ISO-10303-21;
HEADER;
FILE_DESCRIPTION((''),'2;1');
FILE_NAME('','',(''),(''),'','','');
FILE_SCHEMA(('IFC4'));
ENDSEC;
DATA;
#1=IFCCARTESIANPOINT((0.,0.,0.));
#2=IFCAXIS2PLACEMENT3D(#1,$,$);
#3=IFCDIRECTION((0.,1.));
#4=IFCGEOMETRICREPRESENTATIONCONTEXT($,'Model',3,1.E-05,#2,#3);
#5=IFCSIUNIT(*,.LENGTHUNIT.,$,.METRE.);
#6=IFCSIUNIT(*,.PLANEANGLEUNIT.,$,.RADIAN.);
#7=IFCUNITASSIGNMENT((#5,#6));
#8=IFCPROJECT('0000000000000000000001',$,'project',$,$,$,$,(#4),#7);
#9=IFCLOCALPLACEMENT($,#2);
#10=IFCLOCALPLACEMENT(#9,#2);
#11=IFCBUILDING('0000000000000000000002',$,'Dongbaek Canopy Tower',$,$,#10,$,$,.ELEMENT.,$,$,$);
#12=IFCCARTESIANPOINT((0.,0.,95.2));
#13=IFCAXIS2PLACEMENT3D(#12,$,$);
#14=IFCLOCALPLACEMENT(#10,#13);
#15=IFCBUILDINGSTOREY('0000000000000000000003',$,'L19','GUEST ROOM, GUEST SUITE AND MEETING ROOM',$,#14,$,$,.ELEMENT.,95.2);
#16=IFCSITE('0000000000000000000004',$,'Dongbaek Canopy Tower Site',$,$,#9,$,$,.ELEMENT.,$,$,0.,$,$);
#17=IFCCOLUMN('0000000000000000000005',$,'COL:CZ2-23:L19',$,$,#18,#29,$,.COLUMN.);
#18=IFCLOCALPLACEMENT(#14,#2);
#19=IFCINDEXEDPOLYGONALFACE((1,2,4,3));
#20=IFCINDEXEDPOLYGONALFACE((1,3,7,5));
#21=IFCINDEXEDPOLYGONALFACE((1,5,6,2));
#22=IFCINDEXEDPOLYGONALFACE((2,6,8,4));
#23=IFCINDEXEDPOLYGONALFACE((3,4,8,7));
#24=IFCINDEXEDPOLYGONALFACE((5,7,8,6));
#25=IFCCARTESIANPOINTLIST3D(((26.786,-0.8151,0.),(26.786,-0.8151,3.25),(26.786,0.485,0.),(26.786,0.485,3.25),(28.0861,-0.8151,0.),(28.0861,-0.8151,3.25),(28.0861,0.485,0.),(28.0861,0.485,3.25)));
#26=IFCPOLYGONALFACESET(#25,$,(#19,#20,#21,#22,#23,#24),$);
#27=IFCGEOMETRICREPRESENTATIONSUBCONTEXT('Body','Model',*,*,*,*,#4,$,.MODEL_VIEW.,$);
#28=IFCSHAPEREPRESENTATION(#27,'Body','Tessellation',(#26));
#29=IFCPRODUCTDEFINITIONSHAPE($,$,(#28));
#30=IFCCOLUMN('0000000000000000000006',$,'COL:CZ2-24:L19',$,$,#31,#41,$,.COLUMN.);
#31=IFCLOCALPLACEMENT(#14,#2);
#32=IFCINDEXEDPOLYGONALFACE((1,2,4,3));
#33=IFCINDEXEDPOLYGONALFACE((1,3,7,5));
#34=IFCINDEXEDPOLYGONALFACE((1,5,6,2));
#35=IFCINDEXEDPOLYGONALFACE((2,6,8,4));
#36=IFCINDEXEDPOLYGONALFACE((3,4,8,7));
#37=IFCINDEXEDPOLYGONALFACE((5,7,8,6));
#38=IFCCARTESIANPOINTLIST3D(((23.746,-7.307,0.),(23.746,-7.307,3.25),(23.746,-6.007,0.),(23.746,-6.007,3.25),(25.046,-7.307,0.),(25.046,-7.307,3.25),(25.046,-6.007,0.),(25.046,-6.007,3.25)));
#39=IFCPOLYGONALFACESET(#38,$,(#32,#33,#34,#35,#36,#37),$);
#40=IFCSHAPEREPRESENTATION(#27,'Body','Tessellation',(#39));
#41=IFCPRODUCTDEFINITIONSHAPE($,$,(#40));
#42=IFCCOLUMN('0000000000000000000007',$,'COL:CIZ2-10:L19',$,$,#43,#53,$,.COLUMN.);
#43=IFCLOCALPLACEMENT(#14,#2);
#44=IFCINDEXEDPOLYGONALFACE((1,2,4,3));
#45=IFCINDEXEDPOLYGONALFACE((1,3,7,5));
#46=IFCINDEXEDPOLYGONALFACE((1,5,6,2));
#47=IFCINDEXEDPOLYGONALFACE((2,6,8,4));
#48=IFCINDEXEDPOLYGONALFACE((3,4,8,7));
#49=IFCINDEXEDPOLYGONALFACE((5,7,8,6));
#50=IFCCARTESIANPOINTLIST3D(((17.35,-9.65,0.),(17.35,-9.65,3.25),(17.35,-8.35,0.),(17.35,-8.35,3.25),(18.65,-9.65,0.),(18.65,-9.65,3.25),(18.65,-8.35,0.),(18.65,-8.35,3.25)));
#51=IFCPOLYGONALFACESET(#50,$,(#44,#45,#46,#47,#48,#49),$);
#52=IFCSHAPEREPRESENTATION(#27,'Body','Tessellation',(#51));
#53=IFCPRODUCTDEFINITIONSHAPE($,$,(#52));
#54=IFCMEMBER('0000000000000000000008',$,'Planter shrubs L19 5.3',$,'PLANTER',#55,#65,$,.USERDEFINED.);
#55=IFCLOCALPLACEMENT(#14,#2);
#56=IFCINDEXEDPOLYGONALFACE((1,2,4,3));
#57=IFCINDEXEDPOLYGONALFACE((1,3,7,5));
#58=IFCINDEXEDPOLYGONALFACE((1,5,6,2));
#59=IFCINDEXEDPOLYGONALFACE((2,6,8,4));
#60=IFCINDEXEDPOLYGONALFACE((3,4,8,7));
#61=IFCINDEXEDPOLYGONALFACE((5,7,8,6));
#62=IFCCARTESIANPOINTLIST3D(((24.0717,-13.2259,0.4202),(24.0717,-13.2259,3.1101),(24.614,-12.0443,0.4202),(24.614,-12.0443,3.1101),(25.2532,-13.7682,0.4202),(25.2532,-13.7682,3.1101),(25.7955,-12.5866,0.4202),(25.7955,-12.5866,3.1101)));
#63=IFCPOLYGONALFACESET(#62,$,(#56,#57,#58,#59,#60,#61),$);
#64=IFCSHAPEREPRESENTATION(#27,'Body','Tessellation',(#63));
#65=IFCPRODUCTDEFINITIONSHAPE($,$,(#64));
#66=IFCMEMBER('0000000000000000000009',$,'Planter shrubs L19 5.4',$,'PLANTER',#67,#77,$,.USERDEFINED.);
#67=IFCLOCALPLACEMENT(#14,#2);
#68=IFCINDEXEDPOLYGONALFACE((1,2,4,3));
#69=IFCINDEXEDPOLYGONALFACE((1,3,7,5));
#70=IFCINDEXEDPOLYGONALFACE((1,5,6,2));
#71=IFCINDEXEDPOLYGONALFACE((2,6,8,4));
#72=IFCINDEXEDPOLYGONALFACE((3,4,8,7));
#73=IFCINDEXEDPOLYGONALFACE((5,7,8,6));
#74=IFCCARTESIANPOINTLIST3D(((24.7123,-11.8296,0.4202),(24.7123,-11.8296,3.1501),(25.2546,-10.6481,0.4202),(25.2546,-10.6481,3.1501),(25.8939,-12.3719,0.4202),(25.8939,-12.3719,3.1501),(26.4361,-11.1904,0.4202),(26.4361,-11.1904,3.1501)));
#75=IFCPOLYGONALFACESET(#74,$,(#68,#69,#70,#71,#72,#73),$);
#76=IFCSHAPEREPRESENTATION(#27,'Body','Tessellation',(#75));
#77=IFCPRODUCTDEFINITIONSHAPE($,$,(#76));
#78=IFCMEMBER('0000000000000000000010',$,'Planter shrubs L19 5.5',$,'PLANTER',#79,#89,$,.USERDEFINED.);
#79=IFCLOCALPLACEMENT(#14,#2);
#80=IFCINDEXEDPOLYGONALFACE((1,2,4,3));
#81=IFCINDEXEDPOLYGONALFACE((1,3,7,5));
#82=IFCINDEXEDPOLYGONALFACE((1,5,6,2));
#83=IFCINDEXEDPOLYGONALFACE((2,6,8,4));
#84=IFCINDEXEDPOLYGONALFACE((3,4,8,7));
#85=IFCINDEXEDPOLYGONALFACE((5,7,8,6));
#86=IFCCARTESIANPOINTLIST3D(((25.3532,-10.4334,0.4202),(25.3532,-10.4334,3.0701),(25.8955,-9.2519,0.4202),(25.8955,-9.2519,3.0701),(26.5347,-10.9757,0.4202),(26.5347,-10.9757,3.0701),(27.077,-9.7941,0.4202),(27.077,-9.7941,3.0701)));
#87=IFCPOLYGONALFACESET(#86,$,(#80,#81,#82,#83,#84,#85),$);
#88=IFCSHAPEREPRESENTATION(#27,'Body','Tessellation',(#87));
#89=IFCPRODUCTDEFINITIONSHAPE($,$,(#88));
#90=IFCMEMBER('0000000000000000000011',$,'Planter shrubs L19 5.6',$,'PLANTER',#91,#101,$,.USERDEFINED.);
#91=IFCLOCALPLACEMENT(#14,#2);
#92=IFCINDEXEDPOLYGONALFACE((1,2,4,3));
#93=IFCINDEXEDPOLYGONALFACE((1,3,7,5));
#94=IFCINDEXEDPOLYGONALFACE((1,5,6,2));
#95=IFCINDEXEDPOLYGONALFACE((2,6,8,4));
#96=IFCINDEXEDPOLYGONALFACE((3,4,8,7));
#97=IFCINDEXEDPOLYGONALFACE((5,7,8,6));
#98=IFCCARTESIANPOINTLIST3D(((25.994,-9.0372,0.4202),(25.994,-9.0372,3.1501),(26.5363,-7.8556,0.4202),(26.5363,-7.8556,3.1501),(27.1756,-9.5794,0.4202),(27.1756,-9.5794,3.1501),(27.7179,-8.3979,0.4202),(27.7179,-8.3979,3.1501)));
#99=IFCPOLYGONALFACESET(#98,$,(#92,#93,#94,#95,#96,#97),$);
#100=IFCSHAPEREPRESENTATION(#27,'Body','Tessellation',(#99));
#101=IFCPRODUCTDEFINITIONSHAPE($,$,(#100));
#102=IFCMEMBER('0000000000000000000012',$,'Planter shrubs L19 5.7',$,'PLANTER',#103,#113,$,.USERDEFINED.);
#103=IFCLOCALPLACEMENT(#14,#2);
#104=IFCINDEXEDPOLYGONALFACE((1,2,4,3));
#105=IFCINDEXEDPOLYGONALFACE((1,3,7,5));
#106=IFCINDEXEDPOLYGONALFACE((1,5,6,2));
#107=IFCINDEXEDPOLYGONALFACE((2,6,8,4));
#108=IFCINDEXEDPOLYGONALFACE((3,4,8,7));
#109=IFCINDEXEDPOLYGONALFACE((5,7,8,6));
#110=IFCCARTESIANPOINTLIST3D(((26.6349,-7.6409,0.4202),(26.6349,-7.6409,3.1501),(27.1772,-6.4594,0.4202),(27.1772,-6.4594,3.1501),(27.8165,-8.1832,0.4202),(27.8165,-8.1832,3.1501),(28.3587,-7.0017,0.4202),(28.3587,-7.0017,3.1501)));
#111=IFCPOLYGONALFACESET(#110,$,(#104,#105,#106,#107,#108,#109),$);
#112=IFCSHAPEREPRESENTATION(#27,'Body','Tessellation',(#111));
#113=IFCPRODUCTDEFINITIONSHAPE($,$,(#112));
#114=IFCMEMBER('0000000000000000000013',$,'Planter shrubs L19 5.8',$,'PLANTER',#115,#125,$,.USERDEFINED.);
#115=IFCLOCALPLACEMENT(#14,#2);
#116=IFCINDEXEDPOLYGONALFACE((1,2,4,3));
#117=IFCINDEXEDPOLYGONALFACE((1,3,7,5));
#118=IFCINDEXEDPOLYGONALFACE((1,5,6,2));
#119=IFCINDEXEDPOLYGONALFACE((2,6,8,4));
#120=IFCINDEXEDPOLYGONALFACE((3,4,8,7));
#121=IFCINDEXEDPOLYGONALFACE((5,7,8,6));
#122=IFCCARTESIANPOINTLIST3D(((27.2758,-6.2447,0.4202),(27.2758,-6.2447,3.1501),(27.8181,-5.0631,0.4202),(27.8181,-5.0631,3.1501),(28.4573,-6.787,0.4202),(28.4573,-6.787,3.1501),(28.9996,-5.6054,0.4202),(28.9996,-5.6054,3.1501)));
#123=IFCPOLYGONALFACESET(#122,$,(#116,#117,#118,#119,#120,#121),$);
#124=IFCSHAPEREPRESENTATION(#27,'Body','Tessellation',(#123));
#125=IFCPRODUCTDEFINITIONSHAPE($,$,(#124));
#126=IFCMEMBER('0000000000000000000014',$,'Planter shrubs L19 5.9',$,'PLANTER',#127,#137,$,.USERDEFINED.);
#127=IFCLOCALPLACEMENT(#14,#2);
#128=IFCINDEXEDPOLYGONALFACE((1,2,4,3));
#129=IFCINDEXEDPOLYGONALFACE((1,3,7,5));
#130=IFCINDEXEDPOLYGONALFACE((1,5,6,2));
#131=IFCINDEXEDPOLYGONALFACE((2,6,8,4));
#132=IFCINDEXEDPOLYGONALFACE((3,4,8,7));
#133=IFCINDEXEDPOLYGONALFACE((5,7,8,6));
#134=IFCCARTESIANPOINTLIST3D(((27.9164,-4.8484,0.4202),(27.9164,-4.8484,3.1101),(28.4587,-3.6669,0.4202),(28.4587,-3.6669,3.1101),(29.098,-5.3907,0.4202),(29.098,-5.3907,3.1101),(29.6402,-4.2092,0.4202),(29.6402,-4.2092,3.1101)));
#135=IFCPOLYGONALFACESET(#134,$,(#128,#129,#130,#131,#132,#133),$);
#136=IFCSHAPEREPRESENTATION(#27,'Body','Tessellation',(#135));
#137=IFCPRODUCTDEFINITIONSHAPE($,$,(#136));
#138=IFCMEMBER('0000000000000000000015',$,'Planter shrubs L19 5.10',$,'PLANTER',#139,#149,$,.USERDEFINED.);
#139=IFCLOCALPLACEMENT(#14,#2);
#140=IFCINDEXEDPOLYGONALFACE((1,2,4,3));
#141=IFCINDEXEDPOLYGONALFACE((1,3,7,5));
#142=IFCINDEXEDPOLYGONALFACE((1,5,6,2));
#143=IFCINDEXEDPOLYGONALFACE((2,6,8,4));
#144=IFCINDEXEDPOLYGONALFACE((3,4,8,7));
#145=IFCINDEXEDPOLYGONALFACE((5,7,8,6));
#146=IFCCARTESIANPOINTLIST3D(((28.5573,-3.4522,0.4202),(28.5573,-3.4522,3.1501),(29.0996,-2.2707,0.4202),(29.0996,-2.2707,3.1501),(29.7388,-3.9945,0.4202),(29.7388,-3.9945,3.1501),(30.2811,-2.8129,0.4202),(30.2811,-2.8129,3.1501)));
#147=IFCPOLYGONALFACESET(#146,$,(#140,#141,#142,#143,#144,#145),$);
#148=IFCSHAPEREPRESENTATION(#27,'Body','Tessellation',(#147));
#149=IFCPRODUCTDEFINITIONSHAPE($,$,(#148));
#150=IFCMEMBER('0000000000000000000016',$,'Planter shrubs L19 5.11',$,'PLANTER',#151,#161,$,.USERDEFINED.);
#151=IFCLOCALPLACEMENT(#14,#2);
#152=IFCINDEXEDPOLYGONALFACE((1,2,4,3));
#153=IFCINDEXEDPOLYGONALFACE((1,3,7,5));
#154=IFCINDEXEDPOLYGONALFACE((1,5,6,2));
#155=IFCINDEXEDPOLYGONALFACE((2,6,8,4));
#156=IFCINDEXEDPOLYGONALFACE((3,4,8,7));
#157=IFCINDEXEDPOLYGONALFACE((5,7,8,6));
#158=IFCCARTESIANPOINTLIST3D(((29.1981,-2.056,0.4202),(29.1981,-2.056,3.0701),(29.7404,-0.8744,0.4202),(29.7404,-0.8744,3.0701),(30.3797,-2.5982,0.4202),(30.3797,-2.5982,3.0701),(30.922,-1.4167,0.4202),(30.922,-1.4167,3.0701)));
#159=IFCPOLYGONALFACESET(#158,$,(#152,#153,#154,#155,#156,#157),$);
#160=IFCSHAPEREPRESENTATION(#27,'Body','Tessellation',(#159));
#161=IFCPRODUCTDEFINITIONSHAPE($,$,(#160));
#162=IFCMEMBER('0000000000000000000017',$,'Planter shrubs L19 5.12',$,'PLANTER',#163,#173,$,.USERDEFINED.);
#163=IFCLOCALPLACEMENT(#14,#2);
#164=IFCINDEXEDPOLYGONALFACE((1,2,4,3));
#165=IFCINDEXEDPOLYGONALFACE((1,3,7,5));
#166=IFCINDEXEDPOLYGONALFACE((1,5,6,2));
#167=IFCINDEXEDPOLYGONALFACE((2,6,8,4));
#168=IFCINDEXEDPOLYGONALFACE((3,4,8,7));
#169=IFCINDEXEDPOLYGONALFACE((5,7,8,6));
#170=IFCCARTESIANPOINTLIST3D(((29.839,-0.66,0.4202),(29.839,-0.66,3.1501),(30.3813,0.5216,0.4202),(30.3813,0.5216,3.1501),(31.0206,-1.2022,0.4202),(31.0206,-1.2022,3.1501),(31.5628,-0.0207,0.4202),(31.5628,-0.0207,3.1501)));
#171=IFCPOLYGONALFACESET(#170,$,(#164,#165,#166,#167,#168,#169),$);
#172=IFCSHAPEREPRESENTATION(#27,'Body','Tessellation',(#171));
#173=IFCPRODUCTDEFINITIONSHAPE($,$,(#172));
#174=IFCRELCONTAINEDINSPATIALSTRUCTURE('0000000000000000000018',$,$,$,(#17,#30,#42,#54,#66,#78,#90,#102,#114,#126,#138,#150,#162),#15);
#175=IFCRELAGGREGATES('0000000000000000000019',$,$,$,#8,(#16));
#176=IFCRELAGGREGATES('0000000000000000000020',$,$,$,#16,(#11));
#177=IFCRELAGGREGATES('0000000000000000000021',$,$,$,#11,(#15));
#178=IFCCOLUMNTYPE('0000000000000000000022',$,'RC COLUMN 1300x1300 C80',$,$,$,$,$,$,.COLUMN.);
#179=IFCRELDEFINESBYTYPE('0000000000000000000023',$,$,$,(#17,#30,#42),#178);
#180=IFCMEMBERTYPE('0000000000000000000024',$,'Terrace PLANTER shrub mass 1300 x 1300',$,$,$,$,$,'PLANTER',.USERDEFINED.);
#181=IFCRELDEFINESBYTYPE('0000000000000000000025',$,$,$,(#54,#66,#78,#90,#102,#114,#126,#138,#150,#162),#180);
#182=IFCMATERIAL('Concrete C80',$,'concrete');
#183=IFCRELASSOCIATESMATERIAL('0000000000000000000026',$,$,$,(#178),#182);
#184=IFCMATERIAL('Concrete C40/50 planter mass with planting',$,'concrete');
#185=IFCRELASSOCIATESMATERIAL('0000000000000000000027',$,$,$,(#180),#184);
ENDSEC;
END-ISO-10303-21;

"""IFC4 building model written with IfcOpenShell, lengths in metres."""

from ifc_helpers import new_model, si_unit, direction, frame, origin, origin_2d, place, context, subcontext, project, spatial, rectangle, extrude, material, material_profile, profile_set, type_object, element, save


model = new_model("IFC4")

# Units and contexts
model_context = context("Model", 3, precision=1e-05, world=origin(), true_north=direction((0.0, 1.0)))
body_context = subcontext(model_context, "Body", "Model", "MODEL_VIEW")
ifc_project = project(units=[si_unit("LENGTHUNIT", "METRE"), si_unit("PLANEANGLEUNIT", "RADIAN")], contexts=[model_context])

# Site, building, storey
site_placement = place(None, origin())
site = spatial("IfcSite", under=ifc_project, at=site_placement, Name="Dongbaek Canopy Tower Site", CompositionType="ELEMENT", RefElevation=0.0)
building_placement = place(site_placement, origin())
building = spatial("IfcBuilding", under=site, at=building_placement, Name="Dongbaek Canopy Tower", CompositionType="ELEMENT")
storey_placement = place(building_placement, frame((0.0, 0.0, 95.2)))
storey = spatial("IfcBuildingStorey", under=building, at=storey_placement, Name="L19", Description="GUEST ROOM, GUEST SUITE AND MEETING ROOM", CompositionType="ELEMENT", Elevation=95.2)

# Columns
ifc_material_1 = material(Name="Concrete C80", Category="concrete")
ifc_material_profile_1 = material_profile(ifc_material_1, rectangle(XDim=1.3, YDim=1.3, at=origin_2d()), Name="RC COLUMN 1300x1300 C80")
ifc_profile_set_1 = profile_set([ifc_material_profile_1], Name="Concrete C80")
column_type = type_object("IfcColumnType", Name="RC COLUMN 1300x1300 C80", PredefinedType="COLUMN", material=ifc_profile_set_1)
for number, where, z_axis, x_axis, name in (
    (1, (27.436, -0.165, 0.0), (0.0, 0.0, 1.0), (1.0, 0.0, 0.0), "COL:CZ2-23:L19"),
    (2, (24.396, -6.657, 0.0), (0.0, 0.0, 1.0), (1.0, 0.0, 0.0), "COL:CZ2-24:L19"),
    (3, (18.0, -9.0, 0.0), (0.0, 0.0, 1.0), (1.0, 0.0, 0.0), "COL:CIZ2-10:L19"),
):
    element("IfcColumn", number, at=place(storey_placement, frame(where, z_axis=z_axis, x_axis=x_axis)), inside=storey, type_object=column_type, Name=name, PredefinedType="COLUMN", context=body_context, shape_type="SweptSolid", body=[
        extrude(rectangle(XDim=1.3, YDim=1.3, at=origin_2d()), origin(), (0.0, 0.0, 1.0), 3.25),
    ])

# Members
ifc_material_2 = material(Name="Concrete C40/50 planter mass with planting", Category="concrete")
ifc_material_profile_2 = material_profile(ifc_material_2, rectangle(XDim=1.3, YDim=1.3, at=origin_2d()), Name="Terrace PLANTER shrub mass 1300 x 1300")
ifc_profile_set_2 = profile_set([ifc_material_profile_2], Name="Concrete C40/50 planter mass with planting")
member_type = type_object("IfcMemberType", Name="Terrace PLANTER shrub mass 1300 x 1300", ElementType="PLANTER", PredefinedType="USERDEFINED", material=ifc_profile_set_2)
member_1_placement = place(storey_placement, frame((24.9336, -12.9062, 0.4202), z_axis=(0.0, 0.0, 1.0), x_axis=(0.908849, -0.417126, 0.0)))
element("IfcMember", 4, at=member_1_placement, inside=storey, type_object=member_type, Name="Planter shrubs L19 5.3", ObjectType="PLANTER", PredefinedType="USERDEFINED", context=body_context, shape_type="SweptSolid", body=[
    extrude(rectangle(XDim=1.3, YDim=1.3, at=origin_2d()), origin(), (0.0, 0.0, 1.0), 2.6899),
])
member_2_placement = place(storey_placement, frame((25.5742, -11.51, 0.4202), z_axis=(0.0, 0.0, 1.0), x_axis=(0.908849, -0.417126, 0.0)))
element("IfcMember", 5, at=member_2_placement, inside=storey, type_object=member_type, Name="Planter shrubs L19 5.4", ObjectType="PLANTER", PredefinedType="USERDEFINED", context=body_context, shape_type="SweptSolid", body=[
    extrude(rectangle(XDim=1.3, YDim=1.3, at=origin_2d()), origin(), (0.0, 0.0, 1.0), 2.73),
])
member_3_placement = place(storey_placement, frame((26.2151, -10.1138, 0.4202), z_axis=(0.0, 0.0, 1.0), x_axis=(0.908849, -0.417126, 0.0)))
element("IfcMember", 6, at=member_3_placement, inside=storey, type_object=member_type, Name="Planter shrubs L19 5.5", ObjectType="PLANTER", PredefinedType="USERDEFINED", context=body_context, shape_type="SweptSolid", body=[
    extrude(rectangle(XDim=1.3, YDim=1.3, at=origin_2d()), origin(), (0.0, 0.0, 1.0), 2.6499),
])
for number, where, z_axis, x_axis, name in (
    (7, (26.856, -8.7175, 0.4202), (0.0, 0.0, 1.0), (0.908849, -0.417126, 0.0), "Planter shrubs L19 5.6"),
    (8, (27.4968, -7.3213, 0.4202), (0.0, 0.0, 1.0), (0.908849, -0.417126, 0.0), "Planter shrubs L19 5.7"),
    (9, (28.1377, -5.925, 0.4202), (0.0, 0.0, 1.0), (0.908849, -0.417126, 0.0), "Planter shrubs L19 5.8"),
):
    element("IfcMember", number, at=place(storey_placement, frame(where, z_axis=z_axis, x_axis=x_axis)), inside=storey, type_object=member_type, Name=name, ObjectType="PLANTER", PredefinedType="USERDEFINED", context=body_context, shape_type="SweptSolid", body=[
        extrude(rectangle(XDim=1.3, YDim=1.3, at=origin_2d()), origin(), (0.0, 0.0, 1.0), 2.73),
    ])
member_4_placement = place(storey_placement, frame((28.7783, -4.5288, 0.4202), z_axis=(0.0, 0.0, 1.0), x_axis=(0.908849, -0.417126, 0.0)))
element("IfcMember", 10, at=member_4_placement, inside=storey, type_object=member_type, Name="Planter shrubs L19 5.9", ObjectType="PLANTER", PredefinedType="USERDEFINED", context=body_context, shape_type="SweptSolid", body=[
    extrude(rectangle(XDim=1.3, YDim=1.3, at=origin_2d()), origin(), (0.0, 0.0, 1.0), 2.6899),
])
member_5_placement = place(storey_placement, frame((29.4192, -3.1326, 0.4202), z_axis=(0.0, 0.0, 1.0), x_axis=(0.908849, -0.417126, 0.0)))
element("IfcMember", 11, at=member_5_placement, inside=storey, type_object=member_type, Name="Planter shrubs L19 5.10", ObjectType="PLANTER", PredefinedType="USERDEFINED", context=body_context, shape_type="SweptSolid", body=[
    extrude(rectangle(XDim=1.3, YDim=1.3, at=origin_2d()), origin(), (0.0, 0.0, 1.0), 2.73),
])
member_6_placement = place(storey_placement, frame((30.0601, -1.7363, 0.4202), z_axis=(0.0, 0.0, 1.0), x_axis=(0.908849, -0.417126, 0.0)))
element("IfcMember", 12, at=member_6_placement, inside=storey, type_object=member_type, Name="Planter shrubs L19 5.11", ObjectType="PLANTER", PredefinedType="USERDEFINED", context=body_context, shape_type="SweptSolid", body=[
    extrude(rectangle(XDim=1.3, YDim=1.3, at=origin_2d()), origin(), (0.0, 0.0, 1.0), 2.6499),
])
member_7_placement = place(storey_placement, frame((30.7009, -0.3403, 0.4202), z_axis=(0.0, 0.0, 1.0), x_axis=(0.908849, -0.417126, 0.0)))
element("IfcMember", 13, at=member_7_placement, inside=storey, type_object=member_type, Name="Planter shrubs L19 5.12", ObjectType="PLANTER", PredefinedType="USERDEFINED", context=body_context, shape_type="SweptSolid", body=[
    extrude(rectangle(XDim=1.3, YDim=1.3, at=origin_2d()), origin(), (0.0, 0.0, 1.0), 2.73),
])

save(model, "model.ifc")
